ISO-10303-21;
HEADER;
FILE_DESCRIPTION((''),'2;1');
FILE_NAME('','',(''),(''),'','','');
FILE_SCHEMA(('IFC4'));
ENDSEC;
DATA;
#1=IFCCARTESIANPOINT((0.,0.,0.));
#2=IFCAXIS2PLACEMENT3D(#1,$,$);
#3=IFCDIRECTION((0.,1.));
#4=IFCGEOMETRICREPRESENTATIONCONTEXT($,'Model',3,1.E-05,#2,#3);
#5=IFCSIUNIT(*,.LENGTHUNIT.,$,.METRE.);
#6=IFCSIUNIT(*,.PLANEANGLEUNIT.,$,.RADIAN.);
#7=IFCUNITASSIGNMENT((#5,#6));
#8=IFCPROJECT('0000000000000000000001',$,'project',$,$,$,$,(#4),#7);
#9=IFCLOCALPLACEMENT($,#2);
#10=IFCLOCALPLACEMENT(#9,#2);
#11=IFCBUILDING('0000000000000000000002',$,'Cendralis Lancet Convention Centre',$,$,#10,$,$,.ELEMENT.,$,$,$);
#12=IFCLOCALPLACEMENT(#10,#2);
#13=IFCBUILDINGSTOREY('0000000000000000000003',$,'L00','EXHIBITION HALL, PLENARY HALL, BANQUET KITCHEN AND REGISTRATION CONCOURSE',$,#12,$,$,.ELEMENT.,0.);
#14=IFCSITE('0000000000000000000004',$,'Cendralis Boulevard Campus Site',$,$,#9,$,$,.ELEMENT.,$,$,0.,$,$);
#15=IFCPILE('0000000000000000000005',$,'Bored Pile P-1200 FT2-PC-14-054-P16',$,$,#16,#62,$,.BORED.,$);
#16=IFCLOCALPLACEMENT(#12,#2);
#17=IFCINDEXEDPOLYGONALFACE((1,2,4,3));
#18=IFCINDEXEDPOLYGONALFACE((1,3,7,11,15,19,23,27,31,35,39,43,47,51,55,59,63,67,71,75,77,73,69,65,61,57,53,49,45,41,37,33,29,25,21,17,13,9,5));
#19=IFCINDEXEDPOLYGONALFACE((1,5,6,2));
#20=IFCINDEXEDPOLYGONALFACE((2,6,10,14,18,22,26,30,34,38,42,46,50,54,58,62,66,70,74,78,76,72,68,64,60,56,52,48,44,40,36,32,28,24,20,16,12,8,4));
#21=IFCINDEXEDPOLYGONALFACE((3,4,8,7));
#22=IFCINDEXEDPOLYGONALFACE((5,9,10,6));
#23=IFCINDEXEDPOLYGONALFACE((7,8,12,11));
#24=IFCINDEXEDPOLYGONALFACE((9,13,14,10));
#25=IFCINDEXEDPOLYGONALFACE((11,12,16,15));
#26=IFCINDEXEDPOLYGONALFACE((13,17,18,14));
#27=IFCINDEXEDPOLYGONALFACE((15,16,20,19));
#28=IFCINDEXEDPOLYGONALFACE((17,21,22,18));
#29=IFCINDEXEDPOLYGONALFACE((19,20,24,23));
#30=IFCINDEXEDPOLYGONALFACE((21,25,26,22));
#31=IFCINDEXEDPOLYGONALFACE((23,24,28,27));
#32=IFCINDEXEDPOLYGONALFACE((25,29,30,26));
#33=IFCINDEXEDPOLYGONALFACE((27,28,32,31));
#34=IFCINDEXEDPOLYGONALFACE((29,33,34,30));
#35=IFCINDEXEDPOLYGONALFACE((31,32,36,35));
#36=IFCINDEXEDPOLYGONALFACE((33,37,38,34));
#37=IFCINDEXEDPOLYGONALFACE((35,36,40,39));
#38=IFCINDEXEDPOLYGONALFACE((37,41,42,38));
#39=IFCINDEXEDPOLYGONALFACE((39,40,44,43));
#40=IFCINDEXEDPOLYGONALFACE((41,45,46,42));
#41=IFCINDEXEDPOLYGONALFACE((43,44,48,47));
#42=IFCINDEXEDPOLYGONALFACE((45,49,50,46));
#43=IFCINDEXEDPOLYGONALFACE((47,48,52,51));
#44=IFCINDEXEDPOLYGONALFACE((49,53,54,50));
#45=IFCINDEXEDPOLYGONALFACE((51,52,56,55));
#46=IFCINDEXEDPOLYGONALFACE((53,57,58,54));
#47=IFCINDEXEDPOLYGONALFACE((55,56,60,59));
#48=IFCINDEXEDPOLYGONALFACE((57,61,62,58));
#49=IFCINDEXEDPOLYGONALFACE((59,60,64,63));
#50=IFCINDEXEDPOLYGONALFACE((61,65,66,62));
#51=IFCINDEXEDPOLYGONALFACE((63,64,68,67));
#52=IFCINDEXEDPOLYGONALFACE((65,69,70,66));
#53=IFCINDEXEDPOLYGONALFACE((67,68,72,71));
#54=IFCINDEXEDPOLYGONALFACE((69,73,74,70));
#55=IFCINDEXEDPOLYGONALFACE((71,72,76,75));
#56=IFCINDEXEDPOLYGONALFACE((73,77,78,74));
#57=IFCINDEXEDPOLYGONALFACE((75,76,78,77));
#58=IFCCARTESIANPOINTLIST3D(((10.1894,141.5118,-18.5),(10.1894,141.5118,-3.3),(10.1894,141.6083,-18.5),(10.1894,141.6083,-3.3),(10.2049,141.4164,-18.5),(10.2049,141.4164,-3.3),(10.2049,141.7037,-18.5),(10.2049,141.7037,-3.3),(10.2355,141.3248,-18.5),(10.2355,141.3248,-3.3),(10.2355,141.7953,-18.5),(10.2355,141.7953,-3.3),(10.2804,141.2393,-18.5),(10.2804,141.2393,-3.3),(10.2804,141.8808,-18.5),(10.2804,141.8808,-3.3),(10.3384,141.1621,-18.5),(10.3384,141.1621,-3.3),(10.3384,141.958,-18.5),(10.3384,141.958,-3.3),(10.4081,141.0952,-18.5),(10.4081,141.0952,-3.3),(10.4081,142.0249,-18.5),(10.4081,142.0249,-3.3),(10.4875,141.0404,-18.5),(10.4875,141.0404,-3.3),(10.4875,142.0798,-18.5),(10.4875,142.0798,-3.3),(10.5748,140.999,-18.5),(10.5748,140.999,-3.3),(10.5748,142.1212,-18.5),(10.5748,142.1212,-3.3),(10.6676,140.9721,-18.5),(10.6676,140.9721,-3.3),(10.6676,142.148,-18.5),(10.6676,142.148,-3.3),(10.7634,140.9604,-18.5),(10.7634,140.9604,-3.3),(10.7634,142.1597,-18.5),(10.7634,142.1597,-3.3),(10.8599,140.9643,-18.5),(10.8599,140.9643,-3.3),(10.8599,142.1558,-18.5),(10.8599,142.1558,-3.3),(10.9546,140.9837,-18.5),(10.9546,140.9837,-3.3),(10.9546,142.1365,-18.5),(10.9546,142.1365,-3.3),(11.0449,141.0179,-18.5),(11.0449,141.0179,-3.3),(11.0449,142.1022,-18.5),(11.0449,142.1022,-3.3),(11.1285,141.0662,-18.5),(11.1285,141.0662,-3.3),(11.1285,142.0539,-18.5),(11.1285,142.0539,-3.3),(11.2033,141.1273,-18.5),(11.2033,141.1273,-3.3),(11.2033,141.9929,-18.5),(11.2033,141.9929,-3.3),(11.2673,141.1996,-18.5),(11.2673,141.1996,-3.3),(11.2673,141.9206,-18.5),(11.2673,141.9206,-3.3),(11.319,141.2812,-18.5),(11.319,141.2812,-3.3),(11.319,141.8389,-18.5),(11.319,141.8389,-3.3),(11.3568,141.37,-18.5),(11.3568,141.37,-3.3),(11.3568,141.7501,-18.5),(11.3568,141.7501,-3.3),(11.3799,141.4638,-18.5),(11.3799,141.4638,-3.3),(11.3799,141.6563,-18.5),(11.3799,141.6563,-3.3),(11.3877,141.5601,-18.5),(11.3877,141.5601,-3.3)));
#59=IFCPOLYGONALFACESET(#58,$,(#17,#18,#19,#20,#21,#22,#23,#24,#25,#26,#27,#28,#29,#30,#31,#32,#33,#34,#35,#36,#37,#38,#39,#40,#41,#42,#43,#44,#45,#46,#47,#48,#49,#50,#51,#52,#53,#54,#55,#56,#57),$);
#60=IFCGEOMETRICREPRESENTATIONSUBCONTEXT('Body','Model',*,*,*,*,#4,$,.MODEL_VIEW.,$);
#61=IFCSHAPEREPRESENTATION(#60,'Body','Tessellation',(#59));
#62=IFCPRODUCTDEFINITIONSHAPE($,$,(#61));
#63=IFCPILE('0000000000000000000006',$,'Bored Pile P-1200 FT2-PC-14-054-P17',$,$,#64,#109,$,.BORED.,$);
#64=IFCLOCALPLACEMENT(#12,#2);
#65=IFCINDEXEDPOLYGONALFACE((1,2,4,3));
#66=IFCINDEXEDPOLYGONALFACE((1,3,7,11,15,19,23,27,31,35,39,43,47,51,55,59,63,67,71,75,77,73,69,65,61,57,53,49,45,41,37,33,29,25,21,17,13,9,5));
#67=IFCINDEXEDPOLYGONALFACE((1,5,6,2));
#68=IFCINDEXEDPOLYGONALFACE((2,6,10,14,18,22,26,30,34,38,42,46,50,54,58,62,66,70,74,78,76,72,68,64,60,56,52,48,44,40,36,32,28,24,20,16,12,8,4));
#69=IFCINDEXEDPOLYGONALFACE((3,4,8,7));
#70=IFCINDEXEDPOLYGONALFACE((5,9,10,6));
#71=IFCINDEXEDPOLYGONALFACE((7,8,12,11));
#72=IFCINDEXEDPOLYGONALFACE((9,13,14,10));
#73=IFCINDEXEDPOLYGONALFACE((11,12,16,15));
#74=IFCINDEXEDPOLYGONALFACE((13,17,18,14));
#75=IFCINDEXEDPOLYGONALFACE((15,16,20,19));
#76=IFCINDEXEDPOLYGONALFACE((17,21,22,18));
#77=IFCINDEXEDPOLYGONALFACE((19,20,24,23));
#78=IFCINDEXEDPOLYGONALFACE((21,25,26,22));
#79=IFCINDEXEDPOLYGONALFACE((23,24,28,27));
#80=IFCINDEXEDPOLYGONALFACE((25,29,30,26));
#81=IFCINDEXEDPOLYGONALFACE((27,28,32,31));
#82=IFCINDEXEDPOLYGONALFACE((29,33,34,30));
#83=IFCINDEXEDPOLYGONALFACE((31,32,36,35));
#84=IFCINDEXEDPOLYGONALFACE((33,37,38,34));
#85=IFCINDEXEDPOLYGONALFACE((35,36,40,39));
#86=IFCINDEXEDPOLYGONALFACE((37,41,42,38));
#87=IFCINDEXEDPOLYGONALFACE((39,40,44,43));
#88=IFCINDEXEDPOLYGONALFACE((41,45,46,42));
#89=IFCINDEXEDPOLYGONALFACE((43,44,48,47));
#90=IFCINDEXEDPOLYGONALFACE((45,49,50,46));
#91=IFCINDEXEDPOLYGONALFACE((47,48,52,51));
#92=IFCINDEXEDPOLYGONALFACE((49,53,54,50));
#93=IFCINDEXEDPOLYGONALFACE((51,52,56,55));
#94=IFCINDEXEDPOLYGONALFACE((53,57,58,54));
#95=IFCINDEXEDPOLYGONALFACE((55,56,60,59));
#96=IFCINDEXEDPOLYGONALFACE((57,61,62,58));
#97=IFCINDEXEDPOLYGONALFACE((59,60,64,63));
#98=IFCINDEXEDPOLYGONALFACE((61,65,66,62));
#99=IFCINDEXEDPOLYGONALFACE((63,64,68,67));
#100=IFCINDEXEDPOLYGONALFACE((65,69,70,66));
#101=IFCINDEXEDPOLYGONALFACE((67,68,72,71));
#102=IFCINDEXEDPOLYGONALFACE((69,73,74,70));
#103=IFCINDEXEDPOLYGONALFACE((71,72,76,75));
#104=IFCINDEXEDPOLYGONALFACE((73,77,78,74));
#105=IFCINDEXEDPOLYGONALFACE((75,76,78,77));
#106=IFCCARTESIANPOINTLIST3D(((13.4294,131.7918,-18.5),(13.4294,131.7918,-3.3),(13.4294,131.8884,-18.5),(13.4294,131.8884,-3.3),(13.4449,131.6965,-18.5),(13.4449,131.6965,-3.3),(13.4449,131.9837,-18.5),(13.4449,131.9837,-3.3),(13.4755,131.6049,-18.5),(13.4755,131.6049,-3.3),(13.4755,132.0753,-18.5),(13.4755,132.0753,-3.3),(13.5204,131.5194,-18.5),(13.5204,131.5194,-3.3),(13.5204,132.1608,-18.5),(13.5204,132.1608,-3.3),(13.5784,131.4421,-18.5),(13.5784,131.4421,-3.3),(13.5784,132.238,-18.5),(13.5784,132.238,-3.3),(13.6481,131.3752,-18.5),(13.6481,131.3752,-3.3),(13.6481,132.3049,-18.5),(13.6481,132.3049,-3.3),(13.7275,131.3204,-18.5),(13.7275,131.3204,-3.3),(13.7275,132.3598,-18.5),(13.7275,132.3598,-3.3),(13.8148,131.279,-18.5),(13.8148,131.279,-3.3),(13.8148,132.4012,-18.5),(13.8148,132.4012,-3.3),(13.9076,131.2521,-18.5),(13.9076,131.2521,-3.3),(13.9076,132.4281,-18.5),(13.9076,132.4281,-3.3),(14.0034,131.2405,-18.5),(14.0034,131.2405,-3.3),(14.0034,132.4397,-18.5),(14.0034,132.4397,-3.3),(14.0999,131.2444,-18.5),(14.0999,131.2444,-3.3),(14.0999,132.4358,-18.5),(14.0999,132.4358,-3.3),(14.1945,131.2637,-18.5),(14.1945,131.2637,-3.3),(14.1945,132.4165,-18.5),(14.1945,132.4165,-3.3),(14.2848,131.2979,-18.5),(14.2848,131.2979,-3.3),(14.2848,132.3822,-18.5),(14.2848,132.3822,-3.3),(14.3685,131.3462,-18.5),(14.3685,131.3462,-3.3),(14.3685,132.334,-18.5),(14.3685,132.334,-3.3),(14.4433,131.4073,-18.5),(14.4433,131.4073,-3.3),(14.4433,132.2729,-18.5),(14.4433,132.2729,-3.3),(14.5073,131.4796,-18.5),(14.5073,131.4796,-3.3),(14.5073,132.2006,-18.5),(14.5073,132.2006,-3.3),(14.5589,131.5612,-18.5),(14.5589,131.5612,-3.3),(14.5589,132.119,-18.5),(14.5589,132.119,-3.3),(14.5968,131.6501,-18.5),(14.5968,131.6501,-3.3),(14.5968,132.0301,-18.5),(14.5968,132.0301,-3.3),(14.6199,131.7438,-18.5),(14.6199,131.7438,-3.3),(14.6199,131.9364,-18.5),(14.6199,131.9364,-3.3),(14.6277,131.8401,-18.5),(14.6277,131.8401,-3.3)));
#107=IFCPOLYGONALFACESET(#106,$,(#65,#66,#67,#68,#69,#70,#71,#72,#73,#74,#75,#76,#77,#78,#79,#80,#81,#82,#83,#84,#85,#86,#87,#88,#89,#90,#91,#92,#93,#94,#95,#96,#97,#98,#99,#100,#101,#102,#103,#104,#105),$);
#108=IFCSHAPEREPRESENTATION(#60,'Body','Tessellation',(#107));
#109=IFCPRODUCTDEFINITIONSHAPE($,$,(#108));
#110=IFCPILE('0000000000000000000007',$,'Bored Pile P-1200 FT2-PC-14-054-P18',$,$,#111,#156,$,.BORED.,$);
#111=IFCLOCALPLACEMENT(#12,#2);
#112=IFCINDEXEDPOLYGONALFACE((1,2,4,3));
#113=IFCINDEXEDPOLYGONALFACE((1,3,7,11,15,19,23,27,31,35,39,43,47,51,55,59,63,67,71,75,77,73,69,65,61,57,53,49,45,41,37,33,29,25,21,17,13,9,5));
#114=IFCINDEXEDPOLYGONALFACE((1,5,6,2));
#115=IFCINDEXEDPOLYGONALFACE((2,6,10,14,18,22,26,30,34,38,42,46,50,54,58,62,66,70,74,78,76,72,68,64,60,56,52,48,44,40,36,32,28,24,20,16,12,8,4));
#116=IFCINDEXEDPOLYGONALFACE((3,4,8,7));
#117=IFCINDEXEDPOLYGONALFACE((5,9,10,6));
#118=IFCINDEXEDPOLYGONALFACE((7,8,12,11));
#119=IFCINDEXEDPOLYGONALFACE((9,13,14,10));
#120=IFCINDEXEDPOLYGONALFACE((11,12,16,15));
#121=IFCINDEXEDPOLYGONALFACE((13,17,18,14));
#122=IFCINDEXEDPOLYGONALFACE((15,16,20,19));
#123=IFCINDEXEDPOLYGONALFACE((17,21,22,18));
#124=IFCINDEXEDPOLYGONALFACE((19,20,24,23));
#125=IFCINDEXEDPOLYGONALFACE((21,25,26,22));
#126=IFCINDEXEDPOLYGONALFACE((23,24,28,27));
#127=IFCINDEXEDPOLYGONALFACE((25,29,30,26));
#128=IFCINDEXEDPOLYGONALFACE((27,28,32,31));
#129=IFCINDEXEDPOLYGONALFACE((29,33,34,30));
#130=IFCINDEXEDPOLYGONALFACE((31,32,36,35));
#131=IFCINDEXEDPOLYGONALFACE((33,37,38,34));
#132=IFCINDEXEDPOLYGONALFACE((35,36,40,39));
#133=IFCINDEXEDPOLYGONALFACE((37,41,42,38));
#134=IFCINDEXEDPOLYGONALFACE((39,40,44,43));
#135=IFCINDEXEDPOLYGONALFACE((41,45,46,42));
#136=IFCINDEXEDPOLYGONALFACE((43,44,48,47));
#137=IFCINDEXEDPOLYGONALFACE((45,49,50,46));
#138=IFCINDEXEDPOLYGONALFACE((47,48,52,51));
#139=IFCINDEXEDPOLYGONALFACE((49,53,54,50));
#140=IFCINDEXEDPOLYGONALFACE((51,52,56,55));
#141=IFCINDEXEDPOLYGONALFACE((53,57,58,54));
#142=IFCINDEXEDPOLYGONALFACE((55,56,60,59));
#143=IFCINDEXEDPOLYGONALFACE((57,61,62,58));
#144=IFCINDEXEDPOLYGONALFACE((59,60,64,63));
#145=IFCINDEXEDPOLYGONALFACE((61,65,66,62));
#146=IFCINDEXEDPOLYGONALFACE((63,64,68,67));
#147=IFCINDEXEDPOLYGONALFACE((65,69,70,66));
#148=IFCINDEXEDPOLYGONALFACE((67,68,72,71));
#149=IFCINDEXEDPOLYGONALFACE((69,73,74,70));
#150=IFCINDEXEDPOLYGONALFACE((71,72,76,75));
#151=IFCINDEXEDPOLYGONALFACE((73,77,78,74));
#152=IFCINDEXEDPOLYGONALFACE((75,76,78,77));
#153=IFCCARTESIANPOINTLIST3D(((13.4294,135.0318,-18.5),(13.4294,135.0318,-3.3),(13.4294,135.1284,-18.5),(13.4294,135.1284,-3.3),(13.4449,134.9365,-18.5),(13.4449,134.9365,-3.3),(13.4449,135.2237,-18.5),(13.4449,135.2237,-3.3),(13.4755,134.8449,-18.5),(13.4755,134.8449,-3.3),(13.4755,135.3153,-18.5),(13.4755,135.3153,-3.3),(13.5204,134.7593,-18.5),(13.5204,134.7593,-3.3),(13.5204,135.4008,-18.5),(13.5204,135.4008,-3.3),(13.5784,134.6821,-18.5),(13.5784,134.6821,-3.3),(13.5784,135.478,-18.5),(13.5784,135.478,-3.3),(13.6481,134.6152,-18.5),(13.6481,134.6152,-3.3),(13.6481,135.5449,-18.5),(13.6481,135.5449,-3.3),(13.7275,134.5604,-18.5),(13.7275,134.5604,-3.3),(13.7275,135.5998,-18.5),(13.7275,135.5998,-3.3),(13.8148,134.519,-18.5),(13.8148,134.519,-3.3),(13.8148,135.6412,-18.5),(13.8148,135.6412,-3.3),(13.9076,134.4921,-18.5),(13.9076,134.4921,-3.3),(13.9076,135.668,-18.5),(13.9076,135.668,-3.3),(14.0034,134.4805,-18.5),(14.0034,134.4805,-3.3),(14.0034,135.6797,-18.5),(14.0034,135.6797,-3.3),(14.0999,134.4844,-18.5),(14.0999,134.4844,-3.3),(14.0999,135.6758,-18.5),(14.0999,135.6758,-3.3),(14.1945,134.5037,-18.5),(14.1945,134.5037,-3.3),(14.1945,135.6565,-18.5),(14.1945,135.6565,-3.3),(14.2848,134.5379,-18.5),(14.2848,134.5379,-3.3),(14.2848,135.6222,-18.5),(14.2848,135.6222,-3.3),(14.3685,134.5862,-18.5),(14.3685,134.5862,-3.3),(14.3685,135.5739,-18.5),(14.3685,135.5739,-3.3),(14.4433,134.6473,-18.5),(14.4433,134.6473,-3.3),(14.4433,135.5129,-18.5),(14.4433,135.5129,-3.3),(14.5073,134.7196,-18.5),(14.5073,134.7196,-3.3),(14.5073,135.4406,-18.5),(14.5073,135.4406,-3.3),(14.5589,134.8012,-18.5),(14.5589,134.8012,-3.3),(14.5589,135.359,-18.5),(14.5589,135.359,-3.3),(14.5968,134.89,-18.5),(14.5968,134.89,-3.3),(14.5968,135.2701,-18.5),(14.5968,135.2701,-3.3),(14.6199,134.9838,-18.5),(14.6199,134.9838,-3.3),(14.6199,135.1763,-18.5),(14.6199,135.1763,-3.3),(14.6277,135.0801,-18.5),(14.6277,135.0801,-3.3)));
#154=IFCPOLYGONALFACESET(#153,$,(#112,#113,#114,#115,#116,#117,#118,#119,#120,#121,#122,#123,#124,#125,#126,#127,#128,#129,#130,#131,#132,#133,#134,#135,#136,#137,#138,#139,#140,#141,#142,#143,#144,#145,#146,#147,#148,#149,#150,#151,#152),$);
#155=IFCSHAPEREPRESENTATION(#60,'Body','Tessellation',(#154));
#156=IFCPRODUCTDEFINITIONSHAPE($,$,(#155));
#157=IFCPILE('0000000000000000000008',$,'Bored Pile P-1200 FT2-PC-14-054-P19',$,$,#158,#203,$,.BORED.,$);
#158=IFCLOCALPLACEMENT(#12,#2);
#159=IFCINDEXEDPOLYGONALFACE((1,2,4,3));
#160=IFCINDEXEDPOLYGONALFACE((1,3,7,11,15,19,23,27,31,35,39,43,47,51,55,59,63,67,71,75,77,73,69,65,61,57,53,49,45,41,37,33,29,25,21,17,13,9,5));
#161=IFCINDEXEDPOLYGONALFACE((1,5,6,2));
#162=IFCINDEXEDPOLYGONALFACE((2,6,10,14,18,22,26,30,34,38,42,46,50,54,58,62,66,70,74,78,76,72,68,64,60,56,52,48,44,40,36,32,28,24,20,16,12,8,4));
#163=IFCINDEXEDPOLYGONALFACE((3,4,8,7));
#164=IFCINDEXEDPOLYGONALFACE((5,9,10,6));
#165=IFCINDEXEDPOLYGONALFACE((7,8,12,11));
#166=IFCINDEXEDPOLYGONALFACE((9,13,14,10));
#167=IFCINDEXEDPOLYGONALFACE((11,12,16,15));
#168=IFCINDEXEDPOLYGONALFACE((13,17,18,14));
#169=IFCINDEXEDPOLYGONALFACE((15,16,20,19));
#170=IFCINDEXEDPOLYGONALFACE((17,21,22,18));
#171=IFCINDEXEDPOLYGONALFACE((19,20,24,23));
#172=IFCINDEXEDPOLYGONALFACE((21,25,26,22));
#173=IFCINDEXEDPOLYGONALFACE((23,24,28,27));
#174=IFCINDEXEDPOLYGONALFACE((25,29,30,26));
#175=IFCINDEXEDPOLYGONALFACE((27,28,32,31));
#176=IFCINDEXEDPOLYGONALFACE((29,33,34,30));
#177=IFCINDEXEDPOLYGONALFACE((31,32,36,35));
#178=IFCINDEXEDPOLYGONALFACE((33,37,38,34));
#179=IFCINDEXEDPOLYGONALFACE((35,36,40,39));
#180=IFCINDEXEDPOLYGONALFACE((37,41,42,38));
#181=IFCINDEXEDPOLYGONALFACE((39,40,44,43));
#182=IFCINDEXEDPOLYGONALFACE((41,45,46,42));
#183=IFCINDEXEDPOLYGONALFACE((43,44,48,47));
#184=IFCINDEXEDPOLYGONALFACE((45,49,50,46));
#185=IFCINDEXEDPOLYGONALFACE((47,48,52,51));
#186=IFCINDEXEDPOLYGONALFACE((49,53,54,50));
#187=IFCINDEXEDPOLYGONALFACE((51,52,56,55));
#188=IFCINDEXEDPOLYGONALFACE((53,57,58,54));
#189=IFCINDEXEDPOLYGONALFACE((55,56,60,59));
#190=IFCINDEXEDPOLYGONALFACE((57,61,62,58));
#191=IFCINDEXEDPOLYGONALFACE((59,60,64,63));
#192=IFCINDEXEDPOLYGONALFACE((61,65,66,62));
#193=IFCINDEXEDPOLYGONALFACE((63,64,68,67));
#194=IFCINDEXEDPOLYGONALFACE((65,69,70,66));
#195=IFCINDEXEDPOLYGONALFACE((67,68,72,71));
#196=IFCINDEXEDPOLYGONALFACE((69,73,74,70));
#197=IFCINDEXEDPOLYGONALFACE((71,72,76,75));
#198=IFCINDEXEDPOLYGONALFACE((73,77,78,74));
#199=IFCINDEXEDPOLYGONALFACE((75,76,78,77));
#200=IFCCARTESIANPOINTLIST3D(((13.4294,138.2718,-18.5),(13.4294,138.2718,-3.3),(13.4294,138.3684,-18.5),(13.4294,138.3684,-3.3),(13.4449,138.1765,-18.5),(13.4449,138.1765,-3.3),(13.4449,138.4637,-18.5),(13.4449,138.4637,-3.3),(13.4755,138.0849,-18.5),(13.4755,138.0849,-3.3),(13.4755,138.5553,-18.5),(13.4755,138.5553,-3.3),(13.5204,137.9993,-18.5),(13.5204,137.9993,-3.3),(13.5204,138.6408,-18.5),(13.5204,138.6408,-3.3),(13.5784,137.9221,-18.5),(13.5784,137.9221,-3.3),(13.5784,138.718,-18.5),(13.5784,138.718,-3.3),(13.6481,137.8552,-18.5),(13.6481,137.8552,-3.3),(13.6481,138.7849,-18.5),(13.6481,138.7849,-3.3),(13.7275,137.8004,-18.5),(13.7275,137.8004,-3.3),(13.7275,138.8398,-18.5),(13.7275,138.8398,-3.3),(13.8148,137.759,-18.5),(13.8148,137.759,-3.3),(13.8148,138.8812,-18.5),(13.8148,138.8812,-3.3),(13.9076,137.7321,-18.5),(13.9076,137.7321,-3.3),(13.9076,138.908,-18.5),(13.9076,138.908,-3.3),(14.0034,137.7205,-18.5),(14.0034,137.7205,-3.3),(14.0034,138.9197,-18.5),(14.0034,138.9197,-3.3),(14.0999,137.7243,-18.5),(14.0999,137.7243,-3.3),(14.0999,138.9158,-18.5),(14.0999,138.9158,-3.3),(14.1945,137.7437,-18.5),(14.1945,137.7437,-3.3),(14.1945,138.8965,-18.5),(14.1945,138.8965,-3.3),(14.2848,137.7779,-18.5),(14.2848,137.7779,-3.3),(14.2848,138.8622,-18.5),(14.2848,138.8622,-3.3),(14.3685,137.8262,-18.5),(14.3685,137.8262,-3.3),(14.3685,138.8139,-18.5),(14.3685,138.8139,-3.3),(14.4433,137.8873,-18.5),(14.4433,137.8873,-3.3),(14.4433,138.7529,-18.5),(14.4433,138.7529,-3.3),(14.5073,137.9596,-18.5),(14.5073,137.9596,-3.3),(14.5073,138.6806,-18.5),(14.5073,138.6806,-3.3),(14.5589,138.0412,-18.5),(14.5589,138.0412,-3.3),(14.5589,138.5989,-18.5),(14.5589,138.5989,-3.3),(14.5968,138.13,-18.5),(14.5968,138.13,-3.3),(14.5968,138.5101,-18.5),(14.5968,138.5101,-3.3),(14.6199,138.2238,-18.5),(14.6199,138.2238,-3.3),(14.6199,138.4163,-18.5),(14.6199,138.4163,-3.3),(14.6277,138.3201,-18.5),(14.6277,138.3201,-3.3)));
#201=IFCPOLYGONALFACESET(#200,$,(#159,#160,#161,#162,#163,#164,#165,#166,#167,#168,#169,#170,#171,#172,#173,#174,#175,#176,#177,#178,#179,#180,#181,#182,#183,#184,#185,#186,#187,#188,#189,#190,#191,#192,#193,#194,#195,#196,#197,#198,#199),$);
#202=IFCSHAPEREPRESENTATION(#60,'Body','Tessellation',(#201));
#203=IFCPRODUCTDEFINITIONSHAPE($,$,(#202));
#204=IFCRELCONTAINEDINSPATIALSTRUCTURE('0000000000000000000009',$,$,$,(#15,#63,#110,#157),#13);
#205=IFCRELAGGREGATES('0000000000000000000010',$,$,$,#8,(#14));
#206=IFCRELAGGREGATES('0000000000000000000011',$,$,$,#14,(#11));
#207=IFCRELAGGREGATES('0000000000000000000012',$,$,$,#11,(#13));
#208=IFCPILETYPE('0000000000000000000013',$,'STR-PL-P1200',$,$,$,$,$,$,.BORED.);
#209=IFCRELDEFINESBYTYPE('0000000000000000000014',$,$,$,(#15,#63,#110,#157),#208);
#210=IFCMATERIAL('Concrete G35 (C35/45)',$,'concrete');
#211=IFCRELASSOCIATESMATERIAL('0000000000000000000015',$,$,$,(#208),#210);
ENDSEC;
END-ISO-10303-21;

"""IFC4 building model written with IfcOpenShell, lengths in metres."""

from ifc_helpers import new_model, si_unit, direction, frame, origin, origin_2d, place, context, subcontext, project, spatial, circle, extrude, material, material_profile, profile_set, type_object, element, save


model = new_model("IFC4")

# Units and contexts
model_context = context("Model", 3, precision=1e-05, world=origin(), true_north=direction((0.0, 1.0)))
body_context = subcontext(model_context, "Body", "Model", "MODEL_VIEW")
ifc_project = project(units=[si_unit("LENGTHUNIT", "METRE"), si_unit("PLANEANGLEUNIT", "RADIAN")], contexts=[model_context])

# Site, building, storey
site_placement = place(None, origin())
site = spatial("IfcSite", under=ifc_project, at=site_placement, Name="Cendralis Boulevard Campus Site", CompositionType="ELEMENT", RefElevation=0.0)
building_placement = place(site_placement, origin())
building = spatial("IfcBuilding", under=site, at=building_placement, Name="Cendralis Lancet Convention Centre", CompositionType="ELEMENT")
storey_placement = place(building_placement, origin())
storey = spatial("IfcBuildingStorey", under=building, at=storey_placement, Name="L00", Description="EXHIBITION HALL, PLENARY HALL, BANQUET KITCHEN AND REGISTRATION CONCOURSE", CompositionType="ELEMENT", Elevation=0.0)

# Shared definitions
ifc_material_1 = material(Name="Concrete G35 (C35/45)", Category="concrete")

# Piles
ifc_material_profile_1 = material_profile(ifc_material_1, circle(Radius=0.6001, at=origin_2d()), Name="BORED PILE D1200")
ifc_profile_set_1 = profile_set([ifc_material_profile_1], Name="Concrete G35 (C35/45)")
pile_type = type_object("IfcPileType", Name="STR-PL-P1200", PredefinedType="BORED", material=ifc_profile_set_1)
for number, where, z_axis, x_axis, name in (
    (1, (10.7876, 141.5601, -3.3), (0.0, 0.0, -1.0), (1.0, 0.0, 0.0), "Bored Pile P-1200 FT2-PC-14-054-P16"),
    (2, (14.0276, 131.8401, -3.3), (0.0, 0.0, -1.0), (1.0, 0.0, 0.0), "Bored Pile P-1200 FT2-PC-14-054-P17"),
    (3, (14.0276, 135.0801, -3.3), (0.0, 0.0, -1.0), (1.0, 0.0, 0.0), "Bored Pile P-1200 FT2-PC-14-054-P18"),
    (4, (14.0276, 138.3201, -3.3), (0.0, 0.0, -1.0), (1.0, 0.0, 0.0), "Bored Pile P-1200 FT2-PC-14-054-P19"),
):
    element("IfcPile", number, at=place(storey_placement, frame(where, z_axis=z_axis, x_axis=x_axis)), inside=storey, type_object=pile_type, Name=name, PredefinedType="BORED", context=body_context, shape_type="SweptSolid", body=[
        extrude(circle(Radius=0.6001, at=origin_2d()), origin(), (0.0, 0.0, 1.0), 15.2),
    ])

save(model, "model.ifc")
